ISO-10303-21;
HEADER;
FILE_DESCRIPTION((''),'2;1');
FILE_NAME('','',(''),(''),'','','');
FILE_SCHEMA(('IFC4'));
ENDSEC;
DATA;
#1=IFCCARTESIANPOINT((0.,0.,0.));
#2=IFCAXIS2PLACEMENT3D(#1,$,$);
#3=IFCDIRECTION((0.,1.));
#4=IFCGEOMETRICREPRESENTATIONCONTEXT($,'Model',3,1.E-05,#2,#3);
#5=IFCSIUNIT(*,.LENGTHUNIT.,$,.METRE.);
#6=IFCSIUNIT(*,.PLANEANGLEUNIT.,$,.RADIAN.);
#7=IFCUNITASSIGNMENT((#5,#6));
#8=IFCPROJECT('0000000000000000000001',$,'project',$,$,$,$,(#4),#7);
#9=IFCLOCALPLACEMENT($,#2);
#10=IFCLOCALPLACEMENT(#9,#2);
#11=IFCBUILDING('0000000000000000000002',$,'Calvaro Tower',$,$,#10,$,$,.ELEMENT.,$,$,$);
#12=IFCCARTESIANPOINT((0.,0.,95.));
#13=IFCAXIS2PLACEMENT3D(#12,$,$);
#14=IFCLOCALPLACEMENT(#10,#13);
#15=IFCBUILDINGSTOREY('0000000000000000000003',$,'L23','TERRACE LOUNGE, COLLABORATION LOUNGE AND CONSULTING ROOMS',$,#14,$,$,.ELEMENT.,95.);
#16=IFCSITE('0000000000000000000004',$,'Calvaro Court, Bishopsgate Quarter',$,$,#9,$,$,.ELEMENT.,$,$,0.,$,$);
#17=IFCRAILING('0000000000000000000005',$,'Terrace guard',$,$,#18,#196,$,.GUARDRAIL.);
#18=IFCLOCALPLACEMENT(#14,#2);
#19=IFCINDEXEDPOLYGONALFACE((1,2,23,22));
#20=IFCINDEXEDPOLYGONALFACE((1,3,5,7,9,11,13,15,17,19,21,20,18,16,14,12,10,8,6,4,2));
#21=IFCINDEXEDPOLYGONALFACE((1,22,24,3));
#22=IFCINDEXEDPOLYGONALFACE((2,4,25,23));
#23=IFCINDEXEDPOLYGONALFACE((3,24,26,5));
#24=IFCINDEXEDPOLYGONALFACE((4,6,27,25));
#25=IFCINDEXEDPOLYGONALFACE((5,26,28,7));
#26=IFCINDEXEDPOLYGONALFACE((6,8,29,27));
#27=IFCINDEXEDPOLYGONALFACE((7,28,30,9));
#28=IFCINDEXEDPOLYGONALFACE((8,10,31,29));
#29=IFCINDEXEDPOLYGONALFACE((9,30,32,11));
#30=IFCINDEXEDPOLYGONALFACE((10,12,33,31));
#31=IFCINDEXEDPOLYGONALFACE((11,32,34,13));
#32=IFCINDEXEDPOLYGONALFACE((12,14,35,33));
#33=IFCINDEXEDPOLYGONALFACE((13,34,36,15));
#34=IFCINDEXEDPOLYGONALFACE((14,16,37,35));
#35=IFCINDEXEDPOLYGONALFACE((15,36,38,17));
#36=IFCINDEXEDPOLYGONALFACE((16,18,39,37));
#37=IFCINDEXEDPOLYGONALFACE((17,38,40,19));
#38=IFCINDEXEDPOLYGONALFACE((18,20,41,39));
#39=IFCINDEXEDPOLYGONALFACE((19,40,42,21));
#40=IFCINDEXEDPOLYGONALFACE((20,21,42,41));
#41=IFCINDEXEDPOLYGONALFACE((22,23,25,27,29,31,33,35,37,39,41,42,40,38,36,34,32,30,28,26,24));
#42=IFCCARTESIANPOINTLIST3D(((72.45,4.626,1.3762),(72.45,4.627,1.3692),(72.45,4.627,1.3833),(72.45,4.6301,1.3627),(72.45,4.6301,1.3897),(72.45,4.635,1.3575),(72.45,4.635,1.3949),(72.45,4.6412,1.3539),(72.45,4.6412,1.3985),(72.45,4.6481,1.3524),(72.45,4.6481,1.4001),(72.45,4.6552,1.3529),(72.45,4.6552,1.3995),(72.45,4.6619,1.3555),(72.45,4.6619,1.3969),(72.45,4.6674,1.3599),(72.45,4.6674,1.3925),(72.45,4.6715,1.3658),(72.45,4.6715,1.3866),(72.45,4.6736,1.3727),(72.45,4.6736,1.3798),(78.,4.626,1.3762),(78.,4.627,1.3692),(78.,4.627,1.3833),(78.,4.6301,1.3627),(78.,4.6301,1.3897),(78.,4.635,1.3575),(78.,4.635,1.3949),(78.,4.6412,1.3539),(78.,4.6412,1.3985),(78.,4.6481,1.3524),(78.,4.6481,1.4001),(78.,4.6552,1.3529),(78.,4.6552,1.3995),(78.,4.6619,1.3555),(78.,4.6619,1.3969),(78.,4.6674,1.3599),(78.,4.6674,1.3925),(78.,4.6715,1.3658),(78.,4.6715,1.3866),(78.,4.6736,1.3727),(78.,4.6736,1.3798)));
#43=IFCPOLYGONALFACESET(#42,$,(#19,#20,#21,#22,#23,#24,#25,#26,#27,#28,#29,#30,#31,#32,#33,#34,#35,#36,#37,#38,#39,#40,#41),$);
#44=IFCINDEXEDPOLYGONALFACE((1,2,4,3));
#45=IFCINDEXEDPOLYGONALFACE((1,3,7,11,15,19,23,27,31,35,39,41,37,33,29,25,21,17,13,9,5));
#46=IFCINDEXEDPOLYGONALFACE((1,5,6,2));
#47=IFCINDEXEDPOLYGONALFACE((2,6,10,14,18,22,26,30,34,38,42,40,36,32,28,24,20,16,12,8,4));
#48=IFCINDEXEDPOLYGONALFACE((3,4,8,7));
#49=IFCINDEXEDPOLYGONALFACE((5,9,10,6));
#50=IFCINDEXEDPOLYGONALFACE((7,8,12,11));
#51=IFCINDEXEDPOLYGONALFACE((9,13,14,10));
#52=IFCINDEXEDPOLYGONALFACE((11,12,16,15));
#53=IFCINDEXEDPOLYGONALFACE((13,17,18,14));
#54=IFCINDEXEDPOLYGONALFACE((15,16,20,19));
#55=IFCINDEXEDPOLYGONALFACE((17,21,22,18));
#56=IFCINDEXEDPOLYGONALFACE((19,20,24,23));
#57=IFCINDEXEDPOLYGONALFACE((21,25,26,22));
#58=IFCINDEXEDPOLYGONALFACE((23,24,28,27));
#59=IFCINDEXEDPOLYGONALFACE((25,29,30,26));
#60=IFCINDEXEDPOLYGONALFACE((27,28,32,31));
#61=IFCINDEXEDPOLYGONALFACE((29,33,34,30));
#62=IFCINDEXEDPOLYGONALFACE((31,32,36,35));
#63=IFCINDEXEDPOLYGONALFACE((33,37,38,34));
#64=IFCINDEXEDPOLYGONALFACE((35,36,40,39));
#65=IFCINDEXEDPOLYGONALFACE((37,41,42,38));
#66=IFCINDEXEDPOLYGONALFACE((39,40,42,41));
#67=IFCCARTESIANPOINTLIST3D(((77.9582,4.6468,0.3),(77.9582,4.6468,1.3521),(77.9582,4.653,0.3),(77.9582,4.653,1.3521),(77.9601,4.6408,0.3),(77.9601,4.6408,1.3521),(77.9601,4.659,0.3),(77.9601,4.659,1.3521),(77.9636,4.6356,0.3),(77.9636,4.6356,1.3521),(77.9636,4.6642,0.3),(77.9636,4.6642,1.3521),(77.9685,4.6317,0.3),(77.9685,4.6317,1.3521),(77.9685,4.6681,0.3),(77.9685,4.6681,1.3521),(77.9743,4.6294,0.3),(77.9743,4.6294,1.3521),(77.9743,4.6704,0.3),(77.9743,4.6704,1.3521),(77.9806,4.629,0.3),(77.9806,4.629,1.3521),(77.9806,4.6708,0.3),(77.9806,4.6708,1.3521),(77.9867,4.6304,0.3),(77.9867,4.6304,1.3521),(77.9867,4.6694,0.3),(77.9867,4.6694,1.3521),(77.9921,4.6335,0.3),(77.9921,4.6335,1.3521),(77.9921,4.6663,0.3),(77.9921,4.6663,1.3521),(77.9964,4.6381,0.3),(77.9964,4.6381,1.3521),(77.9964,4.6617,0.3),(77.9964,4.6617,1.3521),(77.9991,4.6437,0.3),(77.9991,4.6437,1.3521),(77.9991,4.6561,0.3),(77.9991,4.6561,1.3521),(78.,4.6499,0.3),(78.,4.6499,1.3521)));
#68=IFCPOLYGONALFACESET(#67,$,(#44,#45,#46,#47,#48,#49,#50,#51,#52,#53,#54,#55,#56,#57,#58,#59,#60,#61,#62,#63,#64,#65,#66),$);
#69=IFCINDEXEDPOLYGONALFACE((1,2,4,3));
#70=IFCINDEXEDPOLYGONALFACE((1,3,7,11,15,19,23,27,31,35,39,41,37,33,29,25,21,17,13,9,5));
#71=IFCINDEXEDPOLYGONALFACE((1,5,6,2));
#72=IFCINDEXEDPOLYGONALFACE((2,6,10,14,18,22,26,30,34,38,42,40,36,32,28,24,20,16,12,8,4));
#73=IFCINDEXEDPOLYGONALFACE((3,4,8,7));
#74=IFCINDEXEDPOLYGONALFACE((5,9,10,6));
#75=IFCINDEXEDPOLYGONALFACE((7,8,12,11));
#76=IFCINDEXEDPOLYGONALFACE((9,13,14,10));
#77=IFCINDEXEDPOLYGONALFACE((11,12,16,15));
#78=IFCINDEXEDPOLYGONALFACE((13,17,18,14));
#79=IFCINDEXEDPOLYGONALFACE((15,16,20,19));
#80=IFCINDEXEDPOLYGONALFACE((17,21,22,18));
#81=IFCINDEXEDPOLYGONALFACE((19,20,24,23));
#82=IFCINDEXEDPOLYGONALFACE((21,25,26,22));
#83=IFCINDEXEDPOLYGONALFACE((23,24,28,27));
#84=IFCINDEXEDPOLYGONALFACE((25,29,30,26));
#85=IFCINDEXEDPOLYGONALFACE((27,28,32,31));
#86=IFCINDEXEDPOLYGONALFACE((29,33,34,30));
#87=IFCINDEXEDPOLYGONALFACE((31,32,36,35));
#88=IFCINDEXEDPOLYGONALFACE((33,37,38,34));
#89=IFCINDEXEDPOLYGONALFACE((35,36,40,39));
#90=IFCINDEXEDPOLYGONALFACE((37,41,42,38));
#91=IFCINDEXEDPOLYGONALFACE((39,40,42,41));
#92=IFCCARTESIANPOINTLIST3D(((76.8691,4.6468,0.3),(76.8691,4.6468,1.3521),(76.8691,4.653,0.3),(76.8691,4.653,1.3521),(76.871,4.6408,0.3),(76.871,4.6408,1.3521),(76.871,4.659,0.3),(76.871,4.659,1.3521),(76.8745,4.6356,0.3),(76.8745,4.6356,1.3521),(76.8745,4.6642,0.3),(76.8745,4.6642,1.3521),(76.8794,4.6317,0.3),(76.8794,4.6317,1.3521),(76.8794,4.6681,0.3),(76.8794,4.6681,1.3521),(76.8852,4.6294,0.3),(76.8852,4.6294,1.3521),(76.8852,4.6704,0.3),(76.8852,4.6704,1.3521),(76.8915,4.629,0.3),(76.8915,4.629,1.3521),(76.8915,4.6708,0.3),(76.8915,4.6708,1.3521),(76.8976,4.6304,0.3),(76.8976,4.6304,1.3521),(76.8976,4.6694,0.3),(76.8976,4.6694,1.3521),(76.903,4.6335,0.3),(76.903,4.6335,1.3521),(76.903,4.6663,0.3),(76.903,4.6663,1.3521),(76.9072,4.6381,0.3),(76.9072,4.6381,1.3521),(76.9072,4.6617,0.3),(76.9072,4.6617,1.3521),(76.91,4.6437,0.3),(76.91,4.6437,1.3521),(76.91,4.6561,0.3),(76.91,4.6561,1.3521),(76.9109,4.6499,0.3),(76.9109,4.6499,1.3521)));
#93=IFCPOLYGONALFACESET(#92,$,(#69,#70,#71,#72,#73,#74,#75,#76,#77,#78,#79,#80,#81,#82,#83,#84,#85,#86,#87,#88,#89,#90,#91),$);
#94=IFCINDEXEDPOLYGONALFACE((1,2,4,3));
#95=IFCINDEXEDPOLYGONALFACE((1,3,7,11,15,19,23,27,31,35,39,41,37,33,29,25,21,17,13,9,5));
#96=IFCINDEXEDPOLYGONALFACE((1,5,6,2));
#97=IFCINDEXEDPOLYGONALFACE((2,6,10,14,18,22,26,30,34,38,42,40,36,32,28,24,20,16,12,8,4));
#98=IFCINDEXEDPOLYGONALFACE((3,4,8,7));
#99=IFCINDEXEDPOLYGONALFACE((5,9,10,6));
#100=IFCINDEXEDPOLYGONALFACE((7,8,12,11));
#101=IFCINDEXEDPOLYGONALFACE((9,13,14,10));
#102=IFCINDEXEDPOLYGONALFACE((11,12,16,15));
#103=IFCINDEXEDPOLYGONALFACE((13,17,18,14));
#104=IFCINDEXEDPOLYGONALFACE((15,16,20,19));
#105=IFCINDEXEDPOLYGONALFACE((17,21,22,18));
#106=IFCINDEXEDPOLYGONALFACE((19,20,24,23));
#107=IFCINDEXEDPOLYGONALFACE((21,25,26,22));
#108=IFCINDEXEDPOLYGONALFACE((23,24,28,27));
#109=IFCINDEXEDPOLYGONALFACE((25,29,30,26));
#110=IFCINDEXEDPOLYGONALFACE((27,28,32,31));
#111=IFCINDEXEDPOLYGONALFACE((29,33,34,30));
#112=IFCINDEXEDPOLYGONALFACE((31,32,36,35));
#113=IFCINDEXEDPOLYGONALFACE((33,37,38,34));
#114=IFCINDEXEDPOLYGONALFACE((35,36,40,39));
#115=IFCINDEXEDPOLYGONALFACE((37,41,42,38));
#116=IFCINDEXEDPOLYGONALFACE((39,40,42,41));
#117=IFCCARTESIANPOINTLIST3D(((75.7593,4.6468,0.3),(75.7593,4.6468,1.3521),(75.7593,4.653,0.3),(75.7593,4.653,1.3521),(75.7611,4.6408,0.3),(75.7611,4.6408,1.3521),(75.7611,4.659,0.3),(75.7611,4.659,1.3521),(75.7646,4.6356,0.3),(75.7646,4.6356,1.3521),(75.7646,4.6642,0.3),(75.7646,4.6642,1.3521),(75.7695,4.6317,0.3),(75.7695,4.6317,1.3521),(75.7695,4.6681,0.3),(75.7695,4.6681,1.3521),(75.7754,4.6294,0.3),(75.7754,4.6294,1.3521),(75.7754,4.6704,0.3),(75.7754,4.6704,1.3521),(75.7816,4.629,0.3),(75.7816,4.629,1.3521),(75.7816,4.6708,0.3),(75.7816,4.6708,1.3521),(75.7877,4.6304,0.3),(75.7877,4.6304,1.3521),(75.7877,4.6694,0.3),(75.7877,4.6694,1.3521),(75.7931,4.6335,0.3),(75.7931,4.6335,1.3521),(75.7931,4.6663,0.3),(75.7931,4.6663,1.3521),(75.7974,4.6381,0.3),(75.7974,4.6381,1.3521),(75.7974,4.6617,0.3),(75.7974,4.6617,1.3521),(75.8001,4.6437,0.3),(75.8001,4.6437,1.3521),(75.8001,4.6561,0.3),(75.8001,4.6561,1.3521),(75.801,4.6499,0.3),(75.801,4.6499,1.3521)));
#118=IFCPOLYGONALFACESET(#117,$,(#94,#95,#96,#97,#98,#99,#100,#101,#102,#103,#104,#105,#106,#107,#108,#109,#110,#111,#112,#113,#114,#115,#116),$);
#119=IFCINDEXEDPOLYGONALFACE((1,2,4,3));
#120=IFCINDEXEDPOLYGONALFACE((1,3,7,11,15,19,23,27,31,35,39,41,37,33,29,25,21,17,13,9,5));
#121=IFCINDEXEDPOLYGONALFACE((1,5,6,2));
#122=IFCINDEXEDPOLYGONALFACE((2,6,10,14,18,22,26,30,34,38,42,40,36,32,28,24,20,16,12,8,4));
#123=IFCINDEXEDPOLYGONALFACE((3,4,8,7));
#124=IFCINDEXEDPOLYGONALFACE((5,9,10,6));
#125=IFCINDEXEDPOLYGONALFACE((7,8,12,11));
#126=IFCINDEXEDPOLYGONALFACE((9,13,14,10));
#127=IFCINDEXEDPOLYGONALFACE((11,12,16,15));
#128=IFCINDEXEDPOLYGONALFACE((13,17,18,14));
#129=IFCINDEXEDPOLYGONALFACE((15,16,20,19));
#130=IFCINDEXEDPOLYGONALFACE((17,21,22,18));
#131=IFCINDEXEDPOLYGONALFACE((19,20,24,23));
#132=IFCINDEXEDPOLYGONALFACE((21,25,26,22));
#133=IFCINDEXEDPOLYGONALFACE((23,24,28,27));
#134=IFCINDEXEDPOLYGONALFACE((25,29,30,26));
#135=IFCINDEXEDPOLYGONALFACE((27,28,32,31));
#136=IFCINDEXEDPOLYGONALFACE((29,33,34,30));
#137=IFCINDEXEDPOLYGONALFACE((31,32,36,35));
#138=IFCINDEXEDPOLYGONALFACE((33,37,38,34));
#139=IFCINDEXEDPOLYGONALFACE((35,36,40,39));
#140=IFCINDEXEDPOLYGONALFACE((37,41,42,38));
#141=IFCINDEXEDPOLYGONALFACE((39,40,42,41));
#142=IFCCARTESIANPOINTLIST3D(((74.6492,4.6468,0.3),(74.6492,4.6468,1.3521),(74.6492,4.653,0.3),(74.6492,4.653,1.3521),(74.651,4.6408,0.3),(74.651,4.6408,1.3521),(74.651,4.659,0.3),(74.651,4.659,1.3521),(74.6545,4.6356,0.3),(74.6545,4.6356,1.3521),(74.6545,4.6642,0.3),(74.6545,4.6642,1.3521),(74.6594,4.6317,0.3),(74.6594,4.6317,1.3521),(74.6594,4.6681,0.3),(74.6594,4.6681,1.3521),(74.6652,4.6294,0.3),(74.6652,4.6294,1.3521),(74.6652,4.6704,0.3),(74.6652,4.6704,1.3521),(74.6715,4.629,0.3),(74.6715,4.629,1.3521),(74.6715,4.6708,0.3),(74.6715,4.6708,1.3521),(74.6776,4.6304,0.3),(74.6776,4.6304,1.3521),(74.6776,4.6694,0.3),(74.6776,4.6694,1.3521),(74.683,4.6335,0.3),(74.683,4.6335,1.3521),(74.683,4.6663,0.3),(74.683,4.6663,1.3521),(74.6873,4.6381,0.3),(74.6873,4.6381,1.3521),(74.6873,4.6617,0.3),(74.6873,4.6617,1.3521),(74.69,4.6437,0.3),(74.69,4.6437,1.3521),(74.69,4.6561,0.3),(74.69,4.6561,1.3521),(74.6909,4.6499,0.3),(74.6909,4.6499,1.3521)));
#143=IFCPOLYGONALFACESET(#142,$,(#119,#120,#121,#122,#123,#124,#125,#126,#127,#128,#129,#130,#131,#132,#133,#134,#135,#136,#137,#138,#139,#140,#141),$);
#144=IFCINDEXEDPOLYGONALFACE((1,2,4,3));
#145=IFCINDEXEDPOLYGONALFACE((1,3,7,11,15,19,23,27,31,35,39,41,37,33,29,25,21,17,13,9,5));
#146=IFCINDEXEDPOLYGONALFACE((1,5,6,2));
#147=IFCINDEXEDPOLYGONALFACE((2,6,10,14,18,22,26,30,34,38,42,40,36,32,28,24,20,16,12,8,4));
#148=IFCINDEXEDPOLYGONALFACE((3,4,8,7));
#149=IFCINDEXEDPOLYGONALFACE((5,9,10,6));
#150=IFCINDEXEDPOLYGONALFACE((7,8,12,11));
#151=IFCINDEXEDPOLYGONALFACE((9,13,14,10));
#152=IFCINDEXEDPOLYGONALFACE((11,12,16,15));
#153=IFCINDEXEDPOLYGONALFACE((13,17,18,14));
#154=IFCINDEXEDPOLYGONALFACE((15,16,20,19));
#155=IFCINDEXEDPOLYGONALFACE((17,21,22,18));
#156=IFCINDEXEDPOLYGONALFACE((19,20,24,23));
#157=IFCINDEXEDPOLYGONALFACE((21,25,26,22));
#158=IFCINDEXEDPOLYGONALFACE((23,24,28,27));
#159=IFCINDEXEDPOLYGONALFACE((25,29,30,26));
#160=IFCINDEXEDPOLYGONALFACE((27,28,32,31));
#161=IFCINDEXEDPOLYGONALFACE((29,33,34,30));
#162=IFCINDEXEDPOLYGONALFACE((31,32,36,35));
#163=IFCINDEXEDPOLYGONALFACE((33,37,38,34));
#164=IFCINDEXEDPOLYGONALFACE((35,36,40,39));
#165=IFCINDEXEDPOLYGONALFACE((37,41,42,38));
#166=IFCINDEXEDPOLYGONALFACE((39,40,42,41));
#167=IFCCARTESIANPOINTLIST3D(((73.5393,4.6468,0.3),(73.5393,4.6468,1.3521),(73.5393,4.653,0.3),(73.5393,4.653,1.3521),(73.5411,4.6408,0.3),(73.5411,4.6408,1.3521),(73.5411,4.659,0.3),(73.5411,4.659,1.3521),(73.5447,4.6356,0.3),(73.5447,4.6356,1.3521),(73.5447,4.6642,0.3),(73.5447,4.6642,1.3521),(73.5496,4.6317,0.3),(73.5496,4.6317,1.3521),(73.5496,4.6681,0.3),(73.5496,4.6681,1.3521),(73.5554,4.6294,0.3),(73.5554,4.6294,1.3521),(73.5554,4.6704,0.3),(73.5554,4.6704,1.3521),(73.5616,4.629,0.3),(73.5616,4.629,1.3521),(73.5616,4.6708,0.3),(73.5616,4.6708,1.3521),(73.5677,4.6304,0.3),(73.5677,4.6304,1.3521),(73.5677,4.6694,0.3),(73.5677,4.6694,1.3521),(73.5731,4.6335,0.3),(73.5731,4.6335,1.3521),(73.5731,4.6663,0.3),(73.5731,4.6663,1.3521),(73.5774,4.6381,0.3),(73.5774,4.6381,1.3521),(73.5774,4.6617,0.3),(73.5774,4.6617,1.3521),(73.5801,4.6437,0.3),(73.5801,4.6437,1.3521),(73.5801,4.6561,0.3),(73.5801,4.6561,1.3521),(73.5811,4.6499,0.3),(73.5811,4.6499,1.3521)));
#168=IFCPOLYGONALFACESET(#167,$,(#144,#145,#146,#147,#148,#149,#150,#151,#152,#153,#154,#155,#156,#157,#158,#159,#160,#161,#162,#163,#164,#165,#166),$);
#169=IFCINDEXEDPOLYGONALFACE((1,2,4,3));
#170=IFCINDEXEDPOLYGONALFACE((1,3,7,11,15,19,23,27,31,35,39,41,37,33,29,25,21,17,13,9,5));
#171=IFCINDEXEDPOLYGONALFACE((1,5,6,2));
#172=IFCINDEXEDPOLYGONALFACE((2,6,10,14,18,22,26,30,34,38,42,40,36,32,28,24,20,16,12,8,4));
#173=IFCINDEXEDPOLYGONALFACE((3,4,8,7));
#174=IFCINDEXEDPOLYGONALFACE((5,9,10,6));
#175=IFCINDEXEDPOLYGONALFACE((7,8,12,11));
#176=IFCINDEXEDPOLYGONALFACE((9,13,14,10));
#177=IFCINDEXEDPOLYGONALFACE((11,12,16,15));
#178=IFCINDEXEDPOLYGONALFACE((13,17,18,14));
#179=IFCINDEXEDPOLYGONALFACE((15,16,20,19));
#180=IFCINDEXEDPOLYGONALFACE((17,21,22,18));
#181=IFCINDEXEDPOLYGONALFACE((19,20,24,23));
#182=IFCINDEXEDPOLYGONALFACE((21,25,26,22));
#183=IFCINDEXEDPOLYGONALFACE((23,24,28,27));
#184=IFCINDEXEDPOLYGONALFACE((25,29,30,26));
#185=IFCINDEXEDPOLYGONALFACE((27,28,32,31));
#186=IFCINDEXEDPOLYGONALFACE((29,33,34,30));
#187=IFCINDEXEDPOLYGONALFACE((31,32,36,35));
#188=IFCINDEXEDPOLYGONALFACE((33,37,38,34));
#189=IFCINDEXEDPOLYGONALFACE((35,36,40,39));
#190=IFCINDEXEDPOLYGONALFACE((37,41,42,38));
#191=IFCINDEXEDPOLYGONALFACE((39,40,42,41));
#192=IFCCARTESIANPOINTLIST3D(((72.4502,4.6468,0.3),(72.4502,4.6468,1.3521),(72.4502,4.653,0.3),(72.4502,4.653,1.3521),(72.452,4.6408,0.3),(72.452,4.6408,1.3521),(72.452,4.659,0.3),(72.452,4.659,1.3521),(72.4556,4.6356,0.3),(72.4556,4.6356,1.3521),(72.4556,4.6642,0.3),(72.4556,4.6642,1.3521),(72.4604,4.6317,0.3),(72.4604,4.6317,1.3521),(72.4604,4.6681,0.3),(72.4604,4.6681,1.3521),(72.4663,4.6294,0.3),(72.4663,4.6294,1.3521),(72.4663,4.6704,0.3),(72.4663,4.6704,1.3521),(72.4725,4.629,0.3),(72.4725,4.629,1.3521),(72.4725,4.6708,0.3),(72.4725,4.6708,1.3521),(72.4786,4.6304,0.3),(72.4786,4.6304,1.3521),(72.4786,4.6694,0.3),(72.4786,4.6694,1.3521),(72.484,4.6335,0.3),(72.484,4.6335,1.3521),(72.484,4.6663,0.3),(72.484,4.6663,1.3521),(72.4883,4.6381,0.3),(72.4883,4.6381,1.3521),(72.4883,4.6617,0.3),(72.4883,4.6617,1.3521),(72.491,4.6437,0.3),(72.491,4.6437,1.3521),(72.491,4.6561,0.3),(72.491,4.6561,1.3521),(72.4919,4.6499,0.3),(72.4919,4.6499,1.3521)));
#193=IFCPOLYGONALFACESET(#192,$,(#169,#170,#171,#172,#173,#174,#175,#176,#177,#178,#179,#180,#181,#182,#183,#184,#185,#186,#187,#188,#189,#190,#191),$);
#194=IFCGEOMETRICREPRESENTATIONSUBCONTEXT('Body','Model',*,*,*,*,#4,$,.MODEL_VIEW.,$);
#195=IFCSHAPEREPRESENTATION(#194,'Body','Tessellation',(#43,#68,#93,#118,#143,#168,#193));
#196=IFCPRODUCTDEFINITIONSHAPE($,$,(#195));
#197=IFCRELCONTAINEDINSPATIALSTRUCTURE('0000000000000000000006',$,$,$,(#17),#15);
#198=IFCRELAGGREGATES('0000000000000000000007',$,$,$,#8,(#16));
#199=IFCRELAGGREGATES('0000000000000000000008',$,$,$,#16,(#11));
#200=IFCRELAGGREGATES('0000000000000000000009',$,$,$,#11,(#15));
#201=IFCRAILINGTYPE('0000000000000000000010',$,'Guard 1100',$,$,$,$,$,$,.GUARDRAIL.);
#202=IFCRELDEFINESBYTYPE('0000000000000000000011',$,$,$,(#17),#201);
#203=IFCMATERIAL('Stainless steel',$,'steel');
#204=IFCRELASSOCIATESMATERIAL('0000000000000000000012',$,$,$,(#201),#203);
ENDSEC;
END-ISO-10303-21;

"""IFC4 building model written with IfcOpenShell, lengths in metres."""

from ifc_helpers import new_model, si_unit, direction, frame, origin, origin_2d, place, context, subcontext, project, spatial, circle, extrude, material, type_object, element, save


model = new_model("IFC4")

# Units and contexts
model_context = context("Model", 3, precision=1e-05, world=origin(), true_north=direction((0.0, 1.0)))
body_context = subcontext(model_context, "Body", "Model", "MODEL_VIEW")
ifc_project = project(units=[si_unit("LENGTHUNIT", "METRE"), si_unit("PLANEANGLEUNIT", "RADIAN")], contexts=[model_context])

# Site, building, storey
site_placement = place(None, origin())
site = spatial("IfcSite", under=ifc_project, at=site_placement, Name="Calvaro Court, Bishopsgate Quarter", CompositionType="ELEMENT", RefElevation=0.0)
building_placement = place(site_placement, origin())
building = spatial("IfcBuilding", under=site, at=building_placement, Name="Calvaro Tower", CompositionType="ELEMENT")
storey_placement = place(building_placement, frame((0.0, 0.0, 95.0)))
storey = spatial("IfcBuildingStorey", under=building, at=storey_placement, Name="L23", Description="TERRACE LOUNGE, COLLABORATION LOUNGE AND CONSULTING ROOMS", CompositionType="ELEMENT", Elevation=95.0)

# Railing
ifc_material_1 = material(Name="Stainless steel", Category="steel")
railing_type = type_object("IfcRailingType", Name="Guard 1100", PredefinedType="GUARDRAIL", material=ifc_material_1)
railing_1_placement = place(storey_placement, frame((78.0, 4.6499, 0.3)))
element("IfcRailing", 1, at=railing_1_placement, inside=storey, type_object=railing_type, Name="Terrace guard", PredefinedType="GUARDRAIL", context=body_context, shape_type="SweptSolid", body=[
    extrude(circle(Radius=0.0239, at=origin_2d()), frame((0.0, 0.0, 1.0762), z_axis=(-1.0, 0.0, 0.0), x_axis=(0.0, -1.0, 0.0)), (0.0, 0.0, 1.0), 5.55),
    extrude(circle(Radius=0.021, at=origin_2d()), frame((-0.021, 0.0, 0.0)), (0.0, 0.0, 1.0), 1.052),
    extrude(circle(Radius=0.021, at=origin_2d()), frame((-1.1101, 0.0, 0.0)), (0.0, 0.0, 1.0), 1.052),
    extrude(circle(Radius=0.021, at=origin_2d()), frame((-2.22, 0.0, 0.0)), (0.0, 0.0, 1.0), 1.052),
    extrude(circle(Radius=0.021, at=origin_2d()), frame((-3.3301, 0.0, 0.0)), (0.0, 0.0, 1.0), 1.052),
    extrude(circle(Radius=0.021, at=origin_2d()), frame((-4.4399, 0.0, 0.0)), (0.0, 0.0, 1.0), 1.052),
    extrude(circle(Radius=0.021, at=origin_2d()), frame((-5.5291, 0.0, 0.0)), (0.0, 0.0, 1.0), 1.052),
])

save(model, "model.ifc")
